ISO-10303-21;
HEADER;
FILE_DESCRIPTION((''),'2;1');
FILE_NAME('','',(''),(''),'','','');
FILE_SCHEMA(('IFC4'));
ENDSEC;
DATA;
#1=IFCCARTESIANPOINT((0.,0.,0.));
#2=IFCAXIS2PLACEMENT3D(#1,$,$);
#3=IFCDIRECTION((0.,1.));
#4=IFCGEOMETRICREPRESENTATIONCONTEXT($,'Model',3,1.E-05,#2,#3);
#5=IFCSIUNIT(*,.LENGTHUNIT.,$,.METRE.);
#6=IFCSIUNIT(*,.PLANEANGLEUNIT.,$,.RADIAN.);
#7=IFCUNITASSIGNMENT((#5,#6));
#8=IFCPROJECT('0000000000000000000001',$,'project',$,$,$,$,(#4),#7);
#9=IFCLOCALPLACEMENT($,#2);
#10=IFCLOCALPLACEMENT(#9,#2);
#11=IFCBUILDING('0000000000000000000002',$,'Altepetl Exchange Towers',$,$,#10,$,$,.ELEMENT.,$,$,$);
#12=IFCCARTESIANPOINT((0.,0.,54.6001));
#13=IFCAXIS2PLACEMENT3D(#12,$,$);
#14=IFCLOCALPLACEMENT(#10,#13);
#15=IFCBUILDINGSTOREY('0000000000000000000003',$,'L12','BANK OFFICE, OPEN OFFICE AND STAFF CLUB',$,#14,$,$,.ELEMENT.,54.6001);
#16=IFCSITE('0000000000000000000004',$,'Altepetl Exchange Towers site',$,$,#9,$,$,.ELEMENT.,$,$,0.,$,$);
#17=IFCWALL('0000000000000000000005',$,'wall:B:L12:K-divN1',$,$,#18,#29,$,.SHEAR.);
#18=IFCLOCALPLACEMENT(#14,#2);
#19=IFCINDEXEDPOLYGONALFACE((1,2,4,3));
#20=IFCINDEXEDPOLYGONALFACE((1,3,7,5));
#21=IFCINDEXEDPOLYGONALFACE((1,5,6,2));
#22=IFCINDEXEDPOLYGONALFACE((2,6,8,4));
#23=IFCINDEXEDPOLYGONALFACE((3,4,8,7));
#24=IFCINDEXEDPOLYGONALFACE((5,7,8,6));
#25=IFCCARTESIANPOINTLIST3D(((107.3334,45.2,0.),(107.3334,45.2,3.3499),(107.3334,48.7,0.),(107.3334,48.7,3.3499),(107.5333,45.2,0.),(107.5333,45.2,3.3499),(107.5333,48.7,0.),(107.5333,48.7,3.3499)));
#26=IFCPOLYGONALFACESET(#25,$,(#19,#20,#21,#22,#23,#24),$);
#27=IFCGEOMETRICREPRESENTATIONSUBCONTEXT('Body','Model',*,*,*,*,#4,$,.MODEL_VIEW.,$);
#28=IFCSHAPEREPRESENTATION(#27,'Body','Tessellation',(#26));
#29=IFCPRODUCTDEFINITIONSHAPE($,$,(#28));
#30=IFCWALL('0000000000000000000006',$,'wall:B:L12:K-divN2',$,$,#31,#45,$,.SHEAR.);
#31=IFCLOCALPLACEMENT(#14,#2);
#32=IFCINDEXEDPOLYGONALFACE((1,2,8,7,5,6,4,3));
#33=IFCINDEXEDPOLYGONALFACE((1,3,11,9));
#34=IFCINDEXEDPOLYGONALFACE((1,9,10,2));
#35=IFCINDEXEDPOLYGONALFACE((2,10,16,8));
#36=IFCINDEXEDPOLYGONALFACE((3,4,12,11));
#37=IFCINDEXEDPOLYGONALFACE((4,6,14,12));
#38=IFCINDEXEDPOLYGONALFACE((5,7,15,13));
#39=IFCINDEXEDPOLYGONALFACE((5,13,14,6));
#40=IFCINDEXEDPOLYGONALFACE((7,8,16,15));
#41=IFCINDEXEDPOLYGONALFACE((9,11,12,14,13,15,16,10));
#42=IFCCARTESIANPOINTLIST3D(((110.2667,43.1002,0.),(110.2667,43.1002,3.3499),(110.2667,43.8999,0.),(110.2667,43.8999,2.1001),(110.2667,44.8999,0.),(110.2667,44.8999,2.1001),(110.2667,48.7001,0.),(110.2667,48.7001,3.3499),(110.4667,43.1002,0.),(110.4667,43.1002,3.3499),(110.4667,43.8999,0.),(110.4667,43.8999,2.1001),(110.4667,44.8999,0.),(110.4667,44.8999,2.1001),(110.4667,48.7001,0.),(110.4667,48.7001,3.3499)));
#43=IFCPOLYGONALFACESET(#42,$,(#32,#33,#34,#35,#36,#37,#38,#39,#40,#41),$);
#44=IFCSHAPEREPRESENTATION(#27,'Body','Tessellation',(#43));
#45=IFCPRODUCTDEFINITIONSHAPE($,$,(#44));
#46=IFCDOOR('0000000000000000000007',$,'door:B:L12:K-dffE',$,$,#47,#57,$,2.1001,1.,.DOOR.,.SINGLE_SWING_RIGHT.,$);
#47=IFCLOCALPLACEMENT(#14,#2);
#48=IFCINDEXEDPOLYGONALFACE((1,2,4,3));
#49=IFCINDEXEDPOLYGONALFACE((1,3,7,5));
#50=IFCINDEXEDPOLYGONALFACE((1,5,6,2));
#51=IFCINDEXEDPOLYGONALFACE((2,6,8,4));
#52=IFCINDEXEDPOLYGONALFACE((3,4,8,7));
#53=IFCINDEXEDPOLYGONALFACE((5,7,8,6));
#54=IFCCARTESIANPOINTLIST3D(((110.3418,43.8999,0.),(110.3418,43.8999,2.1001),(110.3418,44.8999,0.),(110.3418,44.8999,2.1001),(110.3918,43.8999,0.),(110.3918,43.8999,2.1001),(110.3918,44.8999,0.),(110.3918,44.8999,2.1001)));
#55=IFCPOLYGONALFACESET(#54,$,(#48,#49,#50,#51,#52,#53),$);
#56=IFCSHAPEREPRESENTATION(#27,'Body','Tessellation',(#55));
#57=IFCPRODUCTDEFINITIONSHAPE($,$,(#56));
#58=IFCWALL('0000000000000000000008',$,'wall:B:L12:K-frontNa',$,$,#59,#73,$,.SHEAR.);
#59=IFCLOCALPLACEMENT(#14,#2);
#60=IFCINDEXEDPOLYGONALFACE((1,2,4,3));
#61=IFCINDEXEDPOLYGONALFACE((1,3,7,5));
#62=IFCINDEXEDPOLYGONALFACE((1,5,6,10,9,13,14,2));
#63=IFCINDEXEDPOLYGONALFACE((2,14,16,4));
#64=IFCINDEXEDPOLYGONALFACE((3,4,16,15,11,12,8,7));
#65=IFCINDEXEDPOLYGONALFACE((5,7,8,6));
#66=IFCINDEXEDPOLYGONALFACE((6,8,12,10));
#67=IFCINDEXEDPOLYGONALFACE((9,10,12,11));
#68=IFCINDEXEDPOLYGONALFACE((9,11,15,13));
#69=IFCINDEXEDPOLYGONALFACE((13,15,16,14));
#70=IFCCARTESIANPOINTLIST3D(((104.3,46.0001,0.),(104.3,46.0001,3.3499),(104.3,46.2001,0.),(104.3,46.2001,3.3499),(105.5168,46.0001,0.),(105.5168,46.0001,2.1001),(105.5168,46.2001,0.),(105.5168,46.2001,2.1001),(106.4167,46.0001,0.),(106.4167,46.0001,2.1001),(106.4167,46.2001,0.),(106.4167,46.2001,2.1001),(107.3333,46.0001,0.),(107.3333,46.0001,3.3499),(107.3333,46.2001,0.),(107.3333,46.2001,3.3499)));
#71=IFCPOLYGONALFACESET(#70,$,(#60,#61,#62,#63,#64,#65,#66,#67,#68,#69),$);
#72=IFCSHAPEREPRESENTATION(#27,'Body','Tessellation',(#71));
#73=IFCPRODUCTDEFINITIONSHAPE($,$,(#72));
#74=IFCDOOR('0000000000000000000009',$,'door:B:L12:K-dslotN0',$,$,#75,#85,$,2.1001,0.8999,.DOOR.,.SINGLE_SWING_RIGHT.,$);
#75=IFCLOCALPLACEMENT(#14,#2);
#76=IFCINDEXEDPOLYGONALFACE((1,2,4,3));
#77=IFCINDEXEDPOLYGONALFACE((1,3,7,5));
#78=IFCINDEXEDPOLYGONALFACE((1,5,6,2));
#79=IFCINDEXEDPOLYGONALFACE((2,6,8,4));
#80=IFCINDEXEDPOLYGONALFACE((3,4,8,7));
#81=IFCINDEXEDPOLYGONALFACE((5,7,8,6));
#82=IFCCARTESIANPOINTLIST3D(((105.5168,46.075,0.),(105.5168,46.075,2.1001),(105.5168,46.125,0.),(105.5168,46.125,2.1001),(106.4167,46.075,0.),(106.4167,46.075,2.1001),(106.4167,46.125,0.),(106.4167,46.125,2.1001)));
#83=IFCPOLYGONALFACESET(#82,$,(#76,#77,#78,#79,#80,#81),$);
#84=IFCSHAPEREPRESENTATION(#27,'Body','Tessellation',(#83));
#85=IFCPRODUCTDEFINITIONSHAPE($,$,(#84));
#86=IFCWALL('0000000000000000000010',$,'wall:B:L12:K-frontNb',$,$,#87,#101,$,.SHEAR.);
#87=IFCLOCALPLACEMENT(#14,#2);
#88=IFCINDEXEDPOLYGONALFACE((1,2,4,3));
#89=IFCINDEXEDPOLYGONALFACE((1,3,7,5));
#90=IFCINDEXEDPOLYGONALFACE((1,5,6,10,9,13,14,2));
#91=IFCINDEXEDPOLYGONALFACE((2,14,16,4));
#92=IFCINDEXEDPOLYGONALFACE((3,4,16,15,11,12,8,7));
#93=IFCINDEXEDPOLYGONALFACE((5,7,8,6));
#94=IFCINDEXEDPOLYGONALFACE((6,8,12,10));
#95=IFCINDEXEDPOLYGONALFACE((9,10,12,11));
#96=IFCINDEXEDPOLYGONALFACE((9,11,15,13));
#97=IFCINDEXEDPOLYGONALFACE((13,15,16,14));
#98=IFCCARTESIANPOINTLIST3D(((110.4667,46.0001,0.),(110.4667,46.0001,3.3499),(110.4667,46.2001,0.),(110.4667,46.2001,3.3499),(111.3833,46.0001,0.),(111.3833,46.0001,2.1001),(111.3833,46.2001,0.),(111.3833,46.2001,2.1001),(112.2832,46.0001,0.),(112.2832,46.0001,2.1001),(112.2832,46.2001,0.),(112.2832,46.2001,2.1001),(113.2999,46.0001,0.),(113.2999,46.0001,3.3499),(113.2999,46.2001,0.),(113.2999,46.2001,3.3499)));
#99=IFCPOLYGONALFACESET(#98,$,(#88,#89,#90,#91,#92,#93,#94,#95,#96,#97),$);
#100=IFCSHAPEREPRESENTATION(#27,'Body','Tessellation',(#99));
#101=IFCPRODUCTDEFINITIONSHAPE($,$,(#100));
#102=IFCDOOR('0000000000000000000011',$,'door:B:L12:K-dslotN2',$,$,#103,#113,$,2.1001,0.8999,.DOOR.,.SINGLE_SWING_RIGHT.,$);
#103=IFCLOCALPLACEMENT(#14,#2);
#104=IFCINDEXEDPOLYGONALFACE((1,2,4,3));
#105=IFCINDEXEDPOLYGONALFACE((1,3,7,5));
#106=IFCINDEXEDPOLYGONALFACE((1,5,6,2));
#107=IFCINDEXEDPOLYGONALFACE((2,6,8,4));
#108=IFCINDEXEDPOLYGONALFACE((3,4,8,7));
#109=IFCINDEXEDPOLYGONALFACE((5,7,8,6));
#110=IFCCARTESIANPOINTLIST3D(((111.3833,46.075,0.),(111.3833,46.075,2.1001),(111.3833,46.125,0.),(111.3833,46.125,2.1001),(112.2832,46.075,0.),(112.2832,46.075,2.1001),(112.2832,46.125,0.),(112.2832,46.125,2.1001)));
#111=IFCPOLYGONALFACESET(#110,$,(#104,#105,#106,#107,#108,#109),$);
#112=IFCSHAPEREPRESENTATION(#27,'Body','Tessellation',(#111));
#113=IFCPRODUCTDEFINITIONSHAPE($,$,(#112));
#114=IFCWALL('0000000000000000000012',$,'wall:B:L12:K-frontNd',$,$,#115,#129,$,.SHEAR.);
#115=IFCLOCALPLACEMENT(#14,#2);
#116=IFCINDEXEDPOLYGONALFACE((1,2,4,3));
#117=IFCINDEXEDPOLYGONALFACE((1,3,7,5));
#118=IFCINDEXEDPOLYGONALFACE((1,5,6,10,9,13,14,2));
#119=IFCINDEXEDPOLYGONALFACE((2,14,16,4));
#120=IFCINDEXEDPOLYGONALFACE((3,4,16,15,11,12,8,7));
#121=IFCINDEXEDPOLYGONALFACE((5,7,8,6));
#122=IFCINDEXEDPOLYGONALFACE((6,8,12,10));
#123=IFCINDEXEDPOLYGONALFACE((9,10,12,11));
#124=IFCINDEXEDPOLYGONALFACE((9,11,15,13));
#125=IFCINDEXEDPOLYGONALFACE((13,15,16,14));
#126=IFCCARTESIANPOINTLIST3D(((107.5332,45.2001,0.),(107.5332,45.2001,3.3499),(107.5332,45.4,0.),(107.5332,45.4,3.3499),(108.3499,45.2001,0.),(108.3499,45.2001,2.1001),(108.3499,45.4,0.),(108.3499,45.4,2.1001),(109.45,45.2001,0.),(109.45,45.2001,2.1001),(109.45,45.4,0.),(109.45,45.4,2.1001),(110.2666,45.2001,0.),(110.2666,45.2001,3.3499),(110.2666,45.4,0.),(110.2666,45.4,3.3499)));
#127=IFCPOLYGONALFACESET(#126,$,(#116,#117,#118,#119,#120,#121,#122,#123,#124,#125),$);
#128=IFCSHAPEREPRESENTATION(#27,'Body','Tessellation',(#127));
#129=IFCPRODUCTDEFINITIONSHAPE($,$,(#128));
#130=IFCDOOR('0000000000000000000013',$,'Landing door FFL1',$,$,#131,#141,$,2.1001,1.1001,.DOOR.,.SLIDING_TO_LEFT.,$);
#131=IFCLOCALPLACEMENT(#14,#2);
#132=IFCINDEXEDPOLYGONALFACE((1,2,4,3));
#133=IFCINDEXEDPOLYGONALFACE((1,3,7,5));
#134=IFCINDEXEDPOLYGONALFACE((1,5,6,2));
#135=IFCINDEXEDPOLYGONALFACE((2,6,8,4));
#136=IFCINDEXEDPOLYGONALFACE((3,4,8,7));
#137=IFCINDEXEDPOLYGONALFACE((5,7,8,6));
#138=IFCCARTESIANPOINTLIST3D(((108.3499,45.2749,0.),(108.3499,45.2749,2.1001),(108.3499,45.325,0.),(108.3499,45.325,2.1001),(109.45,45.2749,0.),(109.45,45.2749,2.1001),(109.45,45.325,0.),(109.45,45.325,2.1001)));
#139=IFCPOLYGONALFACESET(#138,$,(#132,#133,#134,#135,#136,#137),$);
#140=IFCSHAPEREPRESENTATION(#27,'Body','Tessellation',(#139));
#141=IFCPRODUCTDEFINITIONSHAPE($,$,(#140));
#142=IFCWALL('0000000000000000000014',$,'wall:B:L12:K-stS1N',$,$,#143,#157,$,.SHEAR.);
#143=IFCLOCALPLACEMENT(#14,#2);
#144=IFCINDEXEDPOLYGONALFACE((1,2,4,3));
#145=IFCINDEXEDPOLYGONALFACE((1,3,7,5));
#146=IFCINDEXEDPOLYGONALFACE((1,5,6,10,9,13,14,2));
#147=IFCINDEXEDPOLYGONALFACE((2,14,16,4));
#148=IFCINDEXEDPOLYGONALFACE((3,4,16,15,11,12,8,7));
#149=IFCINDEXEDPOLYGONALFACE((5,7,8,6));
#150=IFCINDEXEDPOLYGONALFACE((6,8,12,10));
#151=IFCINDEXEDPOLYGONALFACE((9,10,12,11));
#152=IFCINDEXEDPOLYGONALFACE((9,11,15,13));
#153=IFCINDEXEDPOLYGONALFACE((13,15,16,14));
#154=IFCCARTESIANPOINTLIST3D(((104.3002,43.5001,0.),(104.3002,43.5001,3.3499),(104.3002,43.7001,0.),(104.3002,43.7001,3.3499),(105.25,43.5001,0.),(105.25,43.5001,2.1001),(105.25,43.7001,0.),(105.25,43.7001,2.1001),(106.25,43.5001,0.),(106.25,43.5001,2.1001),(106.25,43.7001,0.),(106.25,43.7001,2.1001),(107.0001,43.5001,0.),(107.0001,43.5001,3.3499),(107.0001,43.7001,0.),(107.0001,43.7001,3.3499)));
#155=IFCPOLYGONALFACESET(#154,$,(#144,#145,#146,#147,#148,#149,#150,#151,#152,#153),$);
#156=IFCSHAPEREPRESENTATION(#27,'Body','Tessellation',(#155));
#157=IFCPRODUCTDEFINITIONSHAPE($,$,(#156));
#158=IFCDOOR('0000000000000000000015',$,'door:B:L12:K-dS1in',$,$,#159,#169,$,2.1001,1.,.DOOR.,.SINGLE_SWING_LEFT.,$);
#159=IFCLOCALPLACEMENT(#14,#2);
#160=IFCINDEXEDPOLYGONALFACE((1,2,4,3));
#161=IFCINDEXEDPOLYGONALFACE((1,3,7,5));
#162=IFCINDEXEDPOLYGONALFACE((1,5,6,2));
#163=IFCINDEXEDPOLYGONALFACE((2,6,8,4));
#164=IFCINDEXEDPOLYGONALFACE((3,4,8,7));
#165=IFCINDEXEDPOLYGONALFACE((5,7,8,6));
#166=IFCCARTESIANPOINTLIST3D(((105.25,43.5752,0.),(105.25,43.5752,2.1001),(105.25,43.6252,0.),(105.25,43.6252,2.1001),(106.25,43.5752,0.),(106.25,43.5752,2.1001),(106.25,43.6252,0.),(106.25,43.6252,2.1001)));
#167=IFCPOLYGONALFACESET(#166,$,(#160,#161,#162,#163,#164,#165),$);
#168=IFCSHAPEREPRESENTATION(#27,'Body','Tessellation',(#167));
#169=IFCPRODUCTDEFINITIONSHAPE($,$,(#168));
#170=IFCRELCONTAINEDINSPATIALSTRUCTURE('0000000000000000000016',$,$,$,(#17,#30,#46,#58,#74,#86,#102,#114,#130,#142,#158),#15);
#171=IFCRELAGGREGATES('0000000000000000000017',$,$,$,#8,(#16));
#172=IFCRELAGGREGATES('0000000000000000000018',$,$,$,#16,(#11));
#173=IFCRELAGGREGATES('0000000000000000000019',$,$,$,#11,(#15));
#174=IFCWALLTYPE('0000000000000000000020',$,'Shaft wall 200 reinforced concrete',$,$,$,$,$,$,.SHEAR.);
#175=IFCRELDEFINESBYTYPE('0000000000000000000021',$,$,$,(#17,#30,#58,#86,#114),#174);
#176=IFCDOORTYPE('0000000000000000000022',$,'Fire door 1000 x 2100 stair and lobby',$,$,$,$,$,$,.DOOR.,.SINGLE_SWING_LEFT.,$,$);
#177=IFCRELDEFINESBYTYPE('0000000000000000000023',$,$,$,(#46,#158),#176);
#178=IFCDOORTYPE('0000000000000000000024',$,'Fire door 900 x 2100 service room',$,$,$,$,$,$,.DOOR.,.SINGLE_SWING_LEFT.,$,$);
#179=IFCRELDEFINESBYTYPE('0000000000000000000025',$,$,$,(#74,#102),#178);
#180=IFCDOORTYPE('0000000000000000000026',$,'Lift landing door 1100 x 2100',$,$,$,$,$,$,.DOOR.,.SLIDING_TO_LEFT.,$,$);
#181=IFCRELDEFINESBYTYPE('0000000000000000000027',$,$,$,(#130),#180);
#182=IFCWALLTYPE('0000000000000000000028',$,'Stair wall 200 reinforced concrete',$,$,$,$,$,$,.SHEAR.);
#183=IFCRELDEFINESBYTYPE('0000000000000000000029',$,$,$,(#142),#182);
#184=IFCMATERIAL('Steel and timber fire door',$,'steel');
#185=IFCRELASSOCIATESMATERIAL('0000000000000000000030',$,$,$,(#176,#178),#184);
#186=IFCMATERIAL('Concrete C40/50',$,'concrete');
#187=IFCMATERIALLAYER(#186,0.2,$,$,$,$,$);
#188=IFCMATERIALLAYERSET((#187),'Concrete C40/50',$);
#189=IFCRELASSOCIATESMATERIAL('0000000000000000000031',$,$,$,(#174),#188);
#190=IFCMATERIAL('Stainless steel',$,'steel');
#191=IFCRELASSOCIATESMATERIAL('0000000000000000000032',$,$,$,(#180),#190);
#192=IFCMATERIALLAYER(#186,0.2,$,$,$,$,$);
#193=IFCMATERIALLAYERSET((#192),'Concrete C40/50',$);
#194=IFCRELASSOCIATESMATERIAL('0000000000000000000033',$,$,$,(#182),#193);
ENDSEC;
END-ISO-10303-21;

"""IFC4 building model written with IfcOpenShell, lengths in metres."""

from ifc_helpers import new_model, si_unit, direction, frame, frame_2d, origin, place, context, subcontext, project, spatial, rectangle, extrude, material, layer, layer_set, type_object, element, fill, save


model = new_model("IFC4")

# Units and contexts
model_context = context("Model", 3, precision=1e-05, world=origin(), true_north=direction((0.0, 1.0)))
body_context = subcontext(model_context, "Body", "Model", "MODEL_VIEW")
ifc_project = project(units=[si_unit("LENGTHUNIT", "METRE"), si_unit("PLANEANGLEUNIT", "RADIAN")], contexts=[model_context])

# Site, building, storey
site_placement = place(None, origin())
site = spatial("IfcSite", under=ifc_project, at=site_placement, Name="Altepetl Exchange Towers site", CompositionType="ELEMENT", RefElevation=0.0)
building_placement = place(site_placement, origin())
building = spatial("IfcBuilding", under=site, at=building_placement, Name="Altepetl Exchange Towers", CompositionType="ELEMENT")
storey_placement = place(building_placement, frame((0.0, 0.0, 54.6001)))
storey = spatial("IfcBuildingStorey", under=building, at=storey_placement, Name="L12", Description="BANK OFFICE, OPEN OFFICE AND STAFF CLUB", CompositionType="ELEMENT", Elevation=54.6001)

# Shared definitions
ifc_material_1 = material(Name="Steel and timber fire door", Category="steel")
door_type_1 = type_object("IfcDoorType", Name="Fire door 1000 x 2100 stair and lobby", OperationType="SINGLE_SWING_LEFT", PredefinedType="DOOR", material=ifc_material_1)
door_type_2 = type_object("IfcDoorType", Name="Fire door 900 x 2100 service room", OperationType="SINGLE_SWING_LEFT", PredefinedType="DOOR", material=ifc_material_1)

# Wall
ifc_material_2 = material(Name="Concrete C40/50", Category="concrete")
ifc_layer_1 = layer(ifc_material_2, 0.2)
ifc_layer_set_1 = layer_set([ifc_layer_1], Name="Concrete C40/50")
wall_type_1 = type_object("IfcWallType", Name="Shaft wall 200 reinforced concrete", PredefinedType="SHEAR", material=ifc_layer_set_1)
wall_1_placement = place(storey_placement, frame((107.4333, 48.7, 0.0), z_axis=(0.0, 0.0, 1.0), x_axis=(0.0, -1.0, 0.0)))
element("IfcWall", 1, at=wall_1_placement, inside=storey, type_object=wall_type_1, Name="wall:B:L12:K-divN1", PredefinedType="SHEAR", context=body_context, shape_type="SweptSolid", body=[
    extrude(rectangle(XDim=3.5, YDim=0.2, at=frame_2d((1.75, 0.0))), origin(), (0.0, 0.0, 1.0), 3.3499),
])

# Walls, openings, doors
wall_2_placement = place(storey_placement, frame((110.3667, 48.7, 0.0), z_axis=(0.0, 0.0, 1.0), x_axis=(0.0, -1.0, 0.0)))
wall_2 = element("IfcWall", 2, at=wall_2_placement, inside=storey, type_object=wall_type_1, Name="wall:B:L12:K-divN2", PredefinedType="SHEAR", context=body_context, shape_type="SweptSolid", body=[
    extrude(rectangle(XDim=5.5999, YDim=0.2, at=frame_2d((2.7998, 0.0))), origin(), (0.0, 0.0, 1.0), 3.3499),
])
opening_1_placement = place(wall_2_placement, frame((3.8, 0.0, 0.0)))
opening_1 = element("IfcOpeningElement", 3, at=opening_1_placement, cuts=wall_2, PredefinedType="OPENING", context=body_context, shape_type="SweptSolid", body=[
    extrude(rectangle(XDim=1.0, YDim=2.1001, at=frame_2d((0.5, 1.05))), frame((0.0, 0.1099, 0.0), z_axis=(0.0, -1.0, 0.0), x_axis=(1.0, 0.0, 0.0)), (0.0, 0.0, 1.0), 0.22),
])
door_1_placement = place(opening_1_placement, frame((1.0, 0.0, 0.0), x_axis=(-1.0, 0.0, 0.0)))
door_1 = element("IfcDoor", 4, at=door_1_placement, inside=storey, type_object=door_type_1, Name="door:B:L12:K-dffE", OperationType="SINGLE_SWING_RIGHT", OverallHeight=2.1001, OverallWidth=1.0, PredefinedType="DOOR", context=body_context, shape_type="SweptSolid", body=[
    extrude(rectangle(XDim=1.0, YDim=2.1001, at=frame_2d((0.5, 1.05))), frame((0.0, 0.0249, 0.0), z_axis=(0.0, -1.0, 0.0), x_axis=(1.0, 0.0, 0.0)), (0.0, 0.0, 1.0), 0.05),
])
fill(opening_1, door_1)
wall_3_placement = place(storey_placement, frame((104.3, 46.1001, 0.0)))
wall_3 = element("IfcWall", 5, at=wall_3_placement, inside=storey, type_object=wall_type_1, Name="wall:B:L12:K-frontNa", PredefinedType="SHEAR", context=body_context, shape_type="SweptSolid", body=[
    extrude(rectangle(XDim=3.0332, YDim=0.2, at=frame_2d((1.5166, 0.0))), origin(), (0.0, 0.0, 1.0), 3.3499),
])
opening_2_placement = place(wall_3_placement, frame((1.2168, 0.0, 0.0)))
opening_2 = element("IfcOpeningElement", 6, at=opening_2_placement, cuts=wall_3, PredefinedType="OPENING", context=body_context, shape_type="SweptSolid", body=[
    extrude(rectangle(XDim=0.8999, YDim=2.1001, at=frame_2d((0.45, 1.05))), frame((0.0, 0.1099, 0.0), z_axis=(0.0, -1.0, 0.0), x_axis=(1.0, 0.0, 0.0)), (0.0, 0.0, 1.0), 0.22),
])
door_2_placement = place(opening_2_placement, origin())
door_2 = element("IfcDoor", 7, at=door_2_placement, inside=storey, type_object=door_type_2, Name="door:B:L12:K-dslotN0", OperationType="SINGLE_SWING_RIGHT", OverallHeight=2.1001, OverallWidth=0.8999, PredefinedType="DOOR", context=body_context, shape_type="SweptSolid", body=[
    extrude(rectangle(XDim=0.8999, YDim=2.1001, at=frame_2d((0.45, 1.05))), frame((0.0, 0.0249, 0.0), z_axis=(0.0, -1.0, 0.0), x_axis=(1.0, 0.0, 0.0)), (0.0, 0.0, 1.0), 0.05),
])
fill(opening_2, door_2)
wall_4_placement = place(storey_placement, frame((110.4668, 46.1001, 0.0)))
wall_4 = element("IfcWall", 8, at=wall_4_placement, inside=storey, type_object=wall_type_1, Name="wall:B:L12:K-frontNb", PredefinedType="SHEAR", context=body_context, shape_type="SweptSolid", body=[
    extrude(rectangle(XDim=2.8333, YDim=0.2, at=frame_2d((1.4165, 0.0))), origin(), (0.0, 0.0, 1.0), 3.3499),
])
opening_3_placement = place(wall_4_placement, frame((0.9165, 0.0, 0.0)))
opening_3 = element("IfcOpeningElement", 9, at=opening_3_placement, cuts=wall_4, PredefinedType="OPENING", context=body_context, shape_type="SweptSolid", body=[
    extrude(rectangle(XDim=0.8999, YDim=2.1001, at=frame_2d((0.45, 1.05))), frame((0.0, 0.1099, 0.0), z_axis=(0.0, -1.0, 0.0), x_axis=(1.0, 0.0, 0.0)), (0.0, 0.0, 1.0), 0.22),
])
door_3_placement = place(opening_3_placement, origin())
door_3 = element("IfcDoor", 10, at=door_3_placement, inside=storey, type_object=door_type_2, Name="door:B:L12:K-dslotN2", OperationType="SINGLE_SWING_RIGHT", OverallHeight=2.1001, OverallWidth=0.8999, PredefinedType="DOOR", context=body_context, shape_type="SweptSolid", body=[
    extrude(rectangle(XDim=0.8999, YDim=2.1001, at=frame_2d((0.45, 1.05))), frame((0.0, 0.0249, 0.0), z_axis=(0.0, -1.0, 0.0), x_axis=(1.0, 0.0, 0.0)), (0.0, 0.0, 1.0), 0.05),
])
fill(opening_3, door_3)
wall_5_placement = place(storey_placement, frame((107.5332, 45.3, 0.0)))
wall_5 = element("IfcWall", 11, at=wall_5_placement, inside=storey, type_object=wall_type_1, Name="wall:B:L12:K-frontNd", PredefinedType="SHEAR", context=body_context, shape_type="SweptSolid", body=[
    extrude(rectangle(XDim=2.7334, YDim=0.2, at=frame_2d((1.3667, 0.0))), origin(), (0.0, 0.0, 1.0), 3.3499),
])
opening_4_placement = place(wall_5_placement, frame((0.8167, 0.0, 0.0)))
opening_4 = element("IfcOpeningElement", 12, at=opening_4_placement, cuts=wall_5, PredefinedType="OPENING", context=body_context, shape_type="SweptSolid", body=[
    extrude(rectangle(XDim=1.1001, YDim=2.1001, at=frame_2d((0.55, 1.05))), frame((0.0, 0.1099, 0.0), z_axis=(0.0, -1.0, 0.0), x_axis=(1.0, 0.0, 0.0)), (0.0, 0.0, 1.0), 0.22),
])
ifc_material_3 = material(Name="Stainless steel", Category="steel")
door_type_3 = type_object("IfcDoorType", Name="Lift landing door 1100 x 2100", OperationType="SLIDING_TO_LEFT", PredefinedType="DOOR", material=ifc_material_3)
door_4_placement = place(opening_4_placement, origin())
door_4 = element("IfcDoor", 13, at=door_4_placement, inside=storey, type_object=door_type_3, Name="Landing door FFL1", OperationType="SLIDING_TO_LEFT", OverallHeight=2.1001, OverallWidth=1.1001, PredefinedType="DOOR", context=body_context, shape_type="SweptSolid", body=[
    extrude(rectangle(XDim=1.1001, YDim=2.1001, at=frame_2d((0.55, 1.05))), frame((0.0, 0.0249, 0.0), z_axis=(0.0, -1.0, 0.0), x_axis=(1.0, 0.0, 0.0)), (0.0, 0.0, 1.0), 0.05),
])
fill(opening_4, door_4)
ifc_layer_2 = layer(ifc_material_2, 0.2)
ifc_layer_set_2 = layer_set([ifc_layer_2], Name="Concrete C40/50")
wall_type_2 = type_object("IfcWallType", Name="Stair wall 200 reinforced concrete", PredefinedType="SHEAR", material=ifc_layer_set_2)
wall_6_placement = place(storey_placement, frame((104.3, 43.6001, 0.0)))
wall_6 = element("IfcWall", 14, at=wall_6_placement, inside=storey, type_object=wall_type_2, Name="wall:B:L12:K-stS1N", PredefinedType="SHEAR", context=body_context, shape_type="SweptSolid", body=[
    extrude(rectangle(XDim=2.7, YDim=0.2, at=frame_2d((1.3501, 0.0))), origin(), (0.0, 0.0, 1.0), 3.3499),
])
opening_5_placement = place(wall_6_placement, frame((0.95, 0.0, 0.0)))
opening_5 = element("IfcOpeningElement", 15, at=opening_5_placement, cuts=wall_6, PredefinedType="OPENING", context=body_context, shape_type="SweptSolid", body=[
    extrude(rectangle(XDim=1.0, YDim=2.1001, at=frame_2d((0.5, 1.05))), frame((0.0, 0.1099, 0.0), z_axis=(0.0, -1.0, 0.0), x_axis=(1.0, 0.0, 0.0)), (0.0, 0.0, 1.0), 0.22),
])
door_5_placement = place(opening_5_placement, frame((1.0, 0.0, 0.0), x_axis=(-1.0, 0.0, 0.0)))
door_5 = element("IfcDoor", 16, at=door_5_placement, inside=storey, type_object=door_type_1, Name="door:B:L12:K-dS1in", OperationType="SINGLE_SWING_LEFT", OverallHeight=2.1001, OverallWidth=1.0, PredefinedType="DOOR", context=body_context, shape_type="SweptSolid", body=[
    extrude(rectangle(XDim=1.0, YDim=2.1001, at=frame_2d((0.5, 1.05))), frame((0.0, 0.0249, 0.0), z_axis=(0.0, -1.0, 0.0), x_axis=(1.0, 0.0, 0.0)), (0.0, 0.0, 1.0), 0.05),
])
fill(opening_5, door_5)

save(model, "model.ifc")
